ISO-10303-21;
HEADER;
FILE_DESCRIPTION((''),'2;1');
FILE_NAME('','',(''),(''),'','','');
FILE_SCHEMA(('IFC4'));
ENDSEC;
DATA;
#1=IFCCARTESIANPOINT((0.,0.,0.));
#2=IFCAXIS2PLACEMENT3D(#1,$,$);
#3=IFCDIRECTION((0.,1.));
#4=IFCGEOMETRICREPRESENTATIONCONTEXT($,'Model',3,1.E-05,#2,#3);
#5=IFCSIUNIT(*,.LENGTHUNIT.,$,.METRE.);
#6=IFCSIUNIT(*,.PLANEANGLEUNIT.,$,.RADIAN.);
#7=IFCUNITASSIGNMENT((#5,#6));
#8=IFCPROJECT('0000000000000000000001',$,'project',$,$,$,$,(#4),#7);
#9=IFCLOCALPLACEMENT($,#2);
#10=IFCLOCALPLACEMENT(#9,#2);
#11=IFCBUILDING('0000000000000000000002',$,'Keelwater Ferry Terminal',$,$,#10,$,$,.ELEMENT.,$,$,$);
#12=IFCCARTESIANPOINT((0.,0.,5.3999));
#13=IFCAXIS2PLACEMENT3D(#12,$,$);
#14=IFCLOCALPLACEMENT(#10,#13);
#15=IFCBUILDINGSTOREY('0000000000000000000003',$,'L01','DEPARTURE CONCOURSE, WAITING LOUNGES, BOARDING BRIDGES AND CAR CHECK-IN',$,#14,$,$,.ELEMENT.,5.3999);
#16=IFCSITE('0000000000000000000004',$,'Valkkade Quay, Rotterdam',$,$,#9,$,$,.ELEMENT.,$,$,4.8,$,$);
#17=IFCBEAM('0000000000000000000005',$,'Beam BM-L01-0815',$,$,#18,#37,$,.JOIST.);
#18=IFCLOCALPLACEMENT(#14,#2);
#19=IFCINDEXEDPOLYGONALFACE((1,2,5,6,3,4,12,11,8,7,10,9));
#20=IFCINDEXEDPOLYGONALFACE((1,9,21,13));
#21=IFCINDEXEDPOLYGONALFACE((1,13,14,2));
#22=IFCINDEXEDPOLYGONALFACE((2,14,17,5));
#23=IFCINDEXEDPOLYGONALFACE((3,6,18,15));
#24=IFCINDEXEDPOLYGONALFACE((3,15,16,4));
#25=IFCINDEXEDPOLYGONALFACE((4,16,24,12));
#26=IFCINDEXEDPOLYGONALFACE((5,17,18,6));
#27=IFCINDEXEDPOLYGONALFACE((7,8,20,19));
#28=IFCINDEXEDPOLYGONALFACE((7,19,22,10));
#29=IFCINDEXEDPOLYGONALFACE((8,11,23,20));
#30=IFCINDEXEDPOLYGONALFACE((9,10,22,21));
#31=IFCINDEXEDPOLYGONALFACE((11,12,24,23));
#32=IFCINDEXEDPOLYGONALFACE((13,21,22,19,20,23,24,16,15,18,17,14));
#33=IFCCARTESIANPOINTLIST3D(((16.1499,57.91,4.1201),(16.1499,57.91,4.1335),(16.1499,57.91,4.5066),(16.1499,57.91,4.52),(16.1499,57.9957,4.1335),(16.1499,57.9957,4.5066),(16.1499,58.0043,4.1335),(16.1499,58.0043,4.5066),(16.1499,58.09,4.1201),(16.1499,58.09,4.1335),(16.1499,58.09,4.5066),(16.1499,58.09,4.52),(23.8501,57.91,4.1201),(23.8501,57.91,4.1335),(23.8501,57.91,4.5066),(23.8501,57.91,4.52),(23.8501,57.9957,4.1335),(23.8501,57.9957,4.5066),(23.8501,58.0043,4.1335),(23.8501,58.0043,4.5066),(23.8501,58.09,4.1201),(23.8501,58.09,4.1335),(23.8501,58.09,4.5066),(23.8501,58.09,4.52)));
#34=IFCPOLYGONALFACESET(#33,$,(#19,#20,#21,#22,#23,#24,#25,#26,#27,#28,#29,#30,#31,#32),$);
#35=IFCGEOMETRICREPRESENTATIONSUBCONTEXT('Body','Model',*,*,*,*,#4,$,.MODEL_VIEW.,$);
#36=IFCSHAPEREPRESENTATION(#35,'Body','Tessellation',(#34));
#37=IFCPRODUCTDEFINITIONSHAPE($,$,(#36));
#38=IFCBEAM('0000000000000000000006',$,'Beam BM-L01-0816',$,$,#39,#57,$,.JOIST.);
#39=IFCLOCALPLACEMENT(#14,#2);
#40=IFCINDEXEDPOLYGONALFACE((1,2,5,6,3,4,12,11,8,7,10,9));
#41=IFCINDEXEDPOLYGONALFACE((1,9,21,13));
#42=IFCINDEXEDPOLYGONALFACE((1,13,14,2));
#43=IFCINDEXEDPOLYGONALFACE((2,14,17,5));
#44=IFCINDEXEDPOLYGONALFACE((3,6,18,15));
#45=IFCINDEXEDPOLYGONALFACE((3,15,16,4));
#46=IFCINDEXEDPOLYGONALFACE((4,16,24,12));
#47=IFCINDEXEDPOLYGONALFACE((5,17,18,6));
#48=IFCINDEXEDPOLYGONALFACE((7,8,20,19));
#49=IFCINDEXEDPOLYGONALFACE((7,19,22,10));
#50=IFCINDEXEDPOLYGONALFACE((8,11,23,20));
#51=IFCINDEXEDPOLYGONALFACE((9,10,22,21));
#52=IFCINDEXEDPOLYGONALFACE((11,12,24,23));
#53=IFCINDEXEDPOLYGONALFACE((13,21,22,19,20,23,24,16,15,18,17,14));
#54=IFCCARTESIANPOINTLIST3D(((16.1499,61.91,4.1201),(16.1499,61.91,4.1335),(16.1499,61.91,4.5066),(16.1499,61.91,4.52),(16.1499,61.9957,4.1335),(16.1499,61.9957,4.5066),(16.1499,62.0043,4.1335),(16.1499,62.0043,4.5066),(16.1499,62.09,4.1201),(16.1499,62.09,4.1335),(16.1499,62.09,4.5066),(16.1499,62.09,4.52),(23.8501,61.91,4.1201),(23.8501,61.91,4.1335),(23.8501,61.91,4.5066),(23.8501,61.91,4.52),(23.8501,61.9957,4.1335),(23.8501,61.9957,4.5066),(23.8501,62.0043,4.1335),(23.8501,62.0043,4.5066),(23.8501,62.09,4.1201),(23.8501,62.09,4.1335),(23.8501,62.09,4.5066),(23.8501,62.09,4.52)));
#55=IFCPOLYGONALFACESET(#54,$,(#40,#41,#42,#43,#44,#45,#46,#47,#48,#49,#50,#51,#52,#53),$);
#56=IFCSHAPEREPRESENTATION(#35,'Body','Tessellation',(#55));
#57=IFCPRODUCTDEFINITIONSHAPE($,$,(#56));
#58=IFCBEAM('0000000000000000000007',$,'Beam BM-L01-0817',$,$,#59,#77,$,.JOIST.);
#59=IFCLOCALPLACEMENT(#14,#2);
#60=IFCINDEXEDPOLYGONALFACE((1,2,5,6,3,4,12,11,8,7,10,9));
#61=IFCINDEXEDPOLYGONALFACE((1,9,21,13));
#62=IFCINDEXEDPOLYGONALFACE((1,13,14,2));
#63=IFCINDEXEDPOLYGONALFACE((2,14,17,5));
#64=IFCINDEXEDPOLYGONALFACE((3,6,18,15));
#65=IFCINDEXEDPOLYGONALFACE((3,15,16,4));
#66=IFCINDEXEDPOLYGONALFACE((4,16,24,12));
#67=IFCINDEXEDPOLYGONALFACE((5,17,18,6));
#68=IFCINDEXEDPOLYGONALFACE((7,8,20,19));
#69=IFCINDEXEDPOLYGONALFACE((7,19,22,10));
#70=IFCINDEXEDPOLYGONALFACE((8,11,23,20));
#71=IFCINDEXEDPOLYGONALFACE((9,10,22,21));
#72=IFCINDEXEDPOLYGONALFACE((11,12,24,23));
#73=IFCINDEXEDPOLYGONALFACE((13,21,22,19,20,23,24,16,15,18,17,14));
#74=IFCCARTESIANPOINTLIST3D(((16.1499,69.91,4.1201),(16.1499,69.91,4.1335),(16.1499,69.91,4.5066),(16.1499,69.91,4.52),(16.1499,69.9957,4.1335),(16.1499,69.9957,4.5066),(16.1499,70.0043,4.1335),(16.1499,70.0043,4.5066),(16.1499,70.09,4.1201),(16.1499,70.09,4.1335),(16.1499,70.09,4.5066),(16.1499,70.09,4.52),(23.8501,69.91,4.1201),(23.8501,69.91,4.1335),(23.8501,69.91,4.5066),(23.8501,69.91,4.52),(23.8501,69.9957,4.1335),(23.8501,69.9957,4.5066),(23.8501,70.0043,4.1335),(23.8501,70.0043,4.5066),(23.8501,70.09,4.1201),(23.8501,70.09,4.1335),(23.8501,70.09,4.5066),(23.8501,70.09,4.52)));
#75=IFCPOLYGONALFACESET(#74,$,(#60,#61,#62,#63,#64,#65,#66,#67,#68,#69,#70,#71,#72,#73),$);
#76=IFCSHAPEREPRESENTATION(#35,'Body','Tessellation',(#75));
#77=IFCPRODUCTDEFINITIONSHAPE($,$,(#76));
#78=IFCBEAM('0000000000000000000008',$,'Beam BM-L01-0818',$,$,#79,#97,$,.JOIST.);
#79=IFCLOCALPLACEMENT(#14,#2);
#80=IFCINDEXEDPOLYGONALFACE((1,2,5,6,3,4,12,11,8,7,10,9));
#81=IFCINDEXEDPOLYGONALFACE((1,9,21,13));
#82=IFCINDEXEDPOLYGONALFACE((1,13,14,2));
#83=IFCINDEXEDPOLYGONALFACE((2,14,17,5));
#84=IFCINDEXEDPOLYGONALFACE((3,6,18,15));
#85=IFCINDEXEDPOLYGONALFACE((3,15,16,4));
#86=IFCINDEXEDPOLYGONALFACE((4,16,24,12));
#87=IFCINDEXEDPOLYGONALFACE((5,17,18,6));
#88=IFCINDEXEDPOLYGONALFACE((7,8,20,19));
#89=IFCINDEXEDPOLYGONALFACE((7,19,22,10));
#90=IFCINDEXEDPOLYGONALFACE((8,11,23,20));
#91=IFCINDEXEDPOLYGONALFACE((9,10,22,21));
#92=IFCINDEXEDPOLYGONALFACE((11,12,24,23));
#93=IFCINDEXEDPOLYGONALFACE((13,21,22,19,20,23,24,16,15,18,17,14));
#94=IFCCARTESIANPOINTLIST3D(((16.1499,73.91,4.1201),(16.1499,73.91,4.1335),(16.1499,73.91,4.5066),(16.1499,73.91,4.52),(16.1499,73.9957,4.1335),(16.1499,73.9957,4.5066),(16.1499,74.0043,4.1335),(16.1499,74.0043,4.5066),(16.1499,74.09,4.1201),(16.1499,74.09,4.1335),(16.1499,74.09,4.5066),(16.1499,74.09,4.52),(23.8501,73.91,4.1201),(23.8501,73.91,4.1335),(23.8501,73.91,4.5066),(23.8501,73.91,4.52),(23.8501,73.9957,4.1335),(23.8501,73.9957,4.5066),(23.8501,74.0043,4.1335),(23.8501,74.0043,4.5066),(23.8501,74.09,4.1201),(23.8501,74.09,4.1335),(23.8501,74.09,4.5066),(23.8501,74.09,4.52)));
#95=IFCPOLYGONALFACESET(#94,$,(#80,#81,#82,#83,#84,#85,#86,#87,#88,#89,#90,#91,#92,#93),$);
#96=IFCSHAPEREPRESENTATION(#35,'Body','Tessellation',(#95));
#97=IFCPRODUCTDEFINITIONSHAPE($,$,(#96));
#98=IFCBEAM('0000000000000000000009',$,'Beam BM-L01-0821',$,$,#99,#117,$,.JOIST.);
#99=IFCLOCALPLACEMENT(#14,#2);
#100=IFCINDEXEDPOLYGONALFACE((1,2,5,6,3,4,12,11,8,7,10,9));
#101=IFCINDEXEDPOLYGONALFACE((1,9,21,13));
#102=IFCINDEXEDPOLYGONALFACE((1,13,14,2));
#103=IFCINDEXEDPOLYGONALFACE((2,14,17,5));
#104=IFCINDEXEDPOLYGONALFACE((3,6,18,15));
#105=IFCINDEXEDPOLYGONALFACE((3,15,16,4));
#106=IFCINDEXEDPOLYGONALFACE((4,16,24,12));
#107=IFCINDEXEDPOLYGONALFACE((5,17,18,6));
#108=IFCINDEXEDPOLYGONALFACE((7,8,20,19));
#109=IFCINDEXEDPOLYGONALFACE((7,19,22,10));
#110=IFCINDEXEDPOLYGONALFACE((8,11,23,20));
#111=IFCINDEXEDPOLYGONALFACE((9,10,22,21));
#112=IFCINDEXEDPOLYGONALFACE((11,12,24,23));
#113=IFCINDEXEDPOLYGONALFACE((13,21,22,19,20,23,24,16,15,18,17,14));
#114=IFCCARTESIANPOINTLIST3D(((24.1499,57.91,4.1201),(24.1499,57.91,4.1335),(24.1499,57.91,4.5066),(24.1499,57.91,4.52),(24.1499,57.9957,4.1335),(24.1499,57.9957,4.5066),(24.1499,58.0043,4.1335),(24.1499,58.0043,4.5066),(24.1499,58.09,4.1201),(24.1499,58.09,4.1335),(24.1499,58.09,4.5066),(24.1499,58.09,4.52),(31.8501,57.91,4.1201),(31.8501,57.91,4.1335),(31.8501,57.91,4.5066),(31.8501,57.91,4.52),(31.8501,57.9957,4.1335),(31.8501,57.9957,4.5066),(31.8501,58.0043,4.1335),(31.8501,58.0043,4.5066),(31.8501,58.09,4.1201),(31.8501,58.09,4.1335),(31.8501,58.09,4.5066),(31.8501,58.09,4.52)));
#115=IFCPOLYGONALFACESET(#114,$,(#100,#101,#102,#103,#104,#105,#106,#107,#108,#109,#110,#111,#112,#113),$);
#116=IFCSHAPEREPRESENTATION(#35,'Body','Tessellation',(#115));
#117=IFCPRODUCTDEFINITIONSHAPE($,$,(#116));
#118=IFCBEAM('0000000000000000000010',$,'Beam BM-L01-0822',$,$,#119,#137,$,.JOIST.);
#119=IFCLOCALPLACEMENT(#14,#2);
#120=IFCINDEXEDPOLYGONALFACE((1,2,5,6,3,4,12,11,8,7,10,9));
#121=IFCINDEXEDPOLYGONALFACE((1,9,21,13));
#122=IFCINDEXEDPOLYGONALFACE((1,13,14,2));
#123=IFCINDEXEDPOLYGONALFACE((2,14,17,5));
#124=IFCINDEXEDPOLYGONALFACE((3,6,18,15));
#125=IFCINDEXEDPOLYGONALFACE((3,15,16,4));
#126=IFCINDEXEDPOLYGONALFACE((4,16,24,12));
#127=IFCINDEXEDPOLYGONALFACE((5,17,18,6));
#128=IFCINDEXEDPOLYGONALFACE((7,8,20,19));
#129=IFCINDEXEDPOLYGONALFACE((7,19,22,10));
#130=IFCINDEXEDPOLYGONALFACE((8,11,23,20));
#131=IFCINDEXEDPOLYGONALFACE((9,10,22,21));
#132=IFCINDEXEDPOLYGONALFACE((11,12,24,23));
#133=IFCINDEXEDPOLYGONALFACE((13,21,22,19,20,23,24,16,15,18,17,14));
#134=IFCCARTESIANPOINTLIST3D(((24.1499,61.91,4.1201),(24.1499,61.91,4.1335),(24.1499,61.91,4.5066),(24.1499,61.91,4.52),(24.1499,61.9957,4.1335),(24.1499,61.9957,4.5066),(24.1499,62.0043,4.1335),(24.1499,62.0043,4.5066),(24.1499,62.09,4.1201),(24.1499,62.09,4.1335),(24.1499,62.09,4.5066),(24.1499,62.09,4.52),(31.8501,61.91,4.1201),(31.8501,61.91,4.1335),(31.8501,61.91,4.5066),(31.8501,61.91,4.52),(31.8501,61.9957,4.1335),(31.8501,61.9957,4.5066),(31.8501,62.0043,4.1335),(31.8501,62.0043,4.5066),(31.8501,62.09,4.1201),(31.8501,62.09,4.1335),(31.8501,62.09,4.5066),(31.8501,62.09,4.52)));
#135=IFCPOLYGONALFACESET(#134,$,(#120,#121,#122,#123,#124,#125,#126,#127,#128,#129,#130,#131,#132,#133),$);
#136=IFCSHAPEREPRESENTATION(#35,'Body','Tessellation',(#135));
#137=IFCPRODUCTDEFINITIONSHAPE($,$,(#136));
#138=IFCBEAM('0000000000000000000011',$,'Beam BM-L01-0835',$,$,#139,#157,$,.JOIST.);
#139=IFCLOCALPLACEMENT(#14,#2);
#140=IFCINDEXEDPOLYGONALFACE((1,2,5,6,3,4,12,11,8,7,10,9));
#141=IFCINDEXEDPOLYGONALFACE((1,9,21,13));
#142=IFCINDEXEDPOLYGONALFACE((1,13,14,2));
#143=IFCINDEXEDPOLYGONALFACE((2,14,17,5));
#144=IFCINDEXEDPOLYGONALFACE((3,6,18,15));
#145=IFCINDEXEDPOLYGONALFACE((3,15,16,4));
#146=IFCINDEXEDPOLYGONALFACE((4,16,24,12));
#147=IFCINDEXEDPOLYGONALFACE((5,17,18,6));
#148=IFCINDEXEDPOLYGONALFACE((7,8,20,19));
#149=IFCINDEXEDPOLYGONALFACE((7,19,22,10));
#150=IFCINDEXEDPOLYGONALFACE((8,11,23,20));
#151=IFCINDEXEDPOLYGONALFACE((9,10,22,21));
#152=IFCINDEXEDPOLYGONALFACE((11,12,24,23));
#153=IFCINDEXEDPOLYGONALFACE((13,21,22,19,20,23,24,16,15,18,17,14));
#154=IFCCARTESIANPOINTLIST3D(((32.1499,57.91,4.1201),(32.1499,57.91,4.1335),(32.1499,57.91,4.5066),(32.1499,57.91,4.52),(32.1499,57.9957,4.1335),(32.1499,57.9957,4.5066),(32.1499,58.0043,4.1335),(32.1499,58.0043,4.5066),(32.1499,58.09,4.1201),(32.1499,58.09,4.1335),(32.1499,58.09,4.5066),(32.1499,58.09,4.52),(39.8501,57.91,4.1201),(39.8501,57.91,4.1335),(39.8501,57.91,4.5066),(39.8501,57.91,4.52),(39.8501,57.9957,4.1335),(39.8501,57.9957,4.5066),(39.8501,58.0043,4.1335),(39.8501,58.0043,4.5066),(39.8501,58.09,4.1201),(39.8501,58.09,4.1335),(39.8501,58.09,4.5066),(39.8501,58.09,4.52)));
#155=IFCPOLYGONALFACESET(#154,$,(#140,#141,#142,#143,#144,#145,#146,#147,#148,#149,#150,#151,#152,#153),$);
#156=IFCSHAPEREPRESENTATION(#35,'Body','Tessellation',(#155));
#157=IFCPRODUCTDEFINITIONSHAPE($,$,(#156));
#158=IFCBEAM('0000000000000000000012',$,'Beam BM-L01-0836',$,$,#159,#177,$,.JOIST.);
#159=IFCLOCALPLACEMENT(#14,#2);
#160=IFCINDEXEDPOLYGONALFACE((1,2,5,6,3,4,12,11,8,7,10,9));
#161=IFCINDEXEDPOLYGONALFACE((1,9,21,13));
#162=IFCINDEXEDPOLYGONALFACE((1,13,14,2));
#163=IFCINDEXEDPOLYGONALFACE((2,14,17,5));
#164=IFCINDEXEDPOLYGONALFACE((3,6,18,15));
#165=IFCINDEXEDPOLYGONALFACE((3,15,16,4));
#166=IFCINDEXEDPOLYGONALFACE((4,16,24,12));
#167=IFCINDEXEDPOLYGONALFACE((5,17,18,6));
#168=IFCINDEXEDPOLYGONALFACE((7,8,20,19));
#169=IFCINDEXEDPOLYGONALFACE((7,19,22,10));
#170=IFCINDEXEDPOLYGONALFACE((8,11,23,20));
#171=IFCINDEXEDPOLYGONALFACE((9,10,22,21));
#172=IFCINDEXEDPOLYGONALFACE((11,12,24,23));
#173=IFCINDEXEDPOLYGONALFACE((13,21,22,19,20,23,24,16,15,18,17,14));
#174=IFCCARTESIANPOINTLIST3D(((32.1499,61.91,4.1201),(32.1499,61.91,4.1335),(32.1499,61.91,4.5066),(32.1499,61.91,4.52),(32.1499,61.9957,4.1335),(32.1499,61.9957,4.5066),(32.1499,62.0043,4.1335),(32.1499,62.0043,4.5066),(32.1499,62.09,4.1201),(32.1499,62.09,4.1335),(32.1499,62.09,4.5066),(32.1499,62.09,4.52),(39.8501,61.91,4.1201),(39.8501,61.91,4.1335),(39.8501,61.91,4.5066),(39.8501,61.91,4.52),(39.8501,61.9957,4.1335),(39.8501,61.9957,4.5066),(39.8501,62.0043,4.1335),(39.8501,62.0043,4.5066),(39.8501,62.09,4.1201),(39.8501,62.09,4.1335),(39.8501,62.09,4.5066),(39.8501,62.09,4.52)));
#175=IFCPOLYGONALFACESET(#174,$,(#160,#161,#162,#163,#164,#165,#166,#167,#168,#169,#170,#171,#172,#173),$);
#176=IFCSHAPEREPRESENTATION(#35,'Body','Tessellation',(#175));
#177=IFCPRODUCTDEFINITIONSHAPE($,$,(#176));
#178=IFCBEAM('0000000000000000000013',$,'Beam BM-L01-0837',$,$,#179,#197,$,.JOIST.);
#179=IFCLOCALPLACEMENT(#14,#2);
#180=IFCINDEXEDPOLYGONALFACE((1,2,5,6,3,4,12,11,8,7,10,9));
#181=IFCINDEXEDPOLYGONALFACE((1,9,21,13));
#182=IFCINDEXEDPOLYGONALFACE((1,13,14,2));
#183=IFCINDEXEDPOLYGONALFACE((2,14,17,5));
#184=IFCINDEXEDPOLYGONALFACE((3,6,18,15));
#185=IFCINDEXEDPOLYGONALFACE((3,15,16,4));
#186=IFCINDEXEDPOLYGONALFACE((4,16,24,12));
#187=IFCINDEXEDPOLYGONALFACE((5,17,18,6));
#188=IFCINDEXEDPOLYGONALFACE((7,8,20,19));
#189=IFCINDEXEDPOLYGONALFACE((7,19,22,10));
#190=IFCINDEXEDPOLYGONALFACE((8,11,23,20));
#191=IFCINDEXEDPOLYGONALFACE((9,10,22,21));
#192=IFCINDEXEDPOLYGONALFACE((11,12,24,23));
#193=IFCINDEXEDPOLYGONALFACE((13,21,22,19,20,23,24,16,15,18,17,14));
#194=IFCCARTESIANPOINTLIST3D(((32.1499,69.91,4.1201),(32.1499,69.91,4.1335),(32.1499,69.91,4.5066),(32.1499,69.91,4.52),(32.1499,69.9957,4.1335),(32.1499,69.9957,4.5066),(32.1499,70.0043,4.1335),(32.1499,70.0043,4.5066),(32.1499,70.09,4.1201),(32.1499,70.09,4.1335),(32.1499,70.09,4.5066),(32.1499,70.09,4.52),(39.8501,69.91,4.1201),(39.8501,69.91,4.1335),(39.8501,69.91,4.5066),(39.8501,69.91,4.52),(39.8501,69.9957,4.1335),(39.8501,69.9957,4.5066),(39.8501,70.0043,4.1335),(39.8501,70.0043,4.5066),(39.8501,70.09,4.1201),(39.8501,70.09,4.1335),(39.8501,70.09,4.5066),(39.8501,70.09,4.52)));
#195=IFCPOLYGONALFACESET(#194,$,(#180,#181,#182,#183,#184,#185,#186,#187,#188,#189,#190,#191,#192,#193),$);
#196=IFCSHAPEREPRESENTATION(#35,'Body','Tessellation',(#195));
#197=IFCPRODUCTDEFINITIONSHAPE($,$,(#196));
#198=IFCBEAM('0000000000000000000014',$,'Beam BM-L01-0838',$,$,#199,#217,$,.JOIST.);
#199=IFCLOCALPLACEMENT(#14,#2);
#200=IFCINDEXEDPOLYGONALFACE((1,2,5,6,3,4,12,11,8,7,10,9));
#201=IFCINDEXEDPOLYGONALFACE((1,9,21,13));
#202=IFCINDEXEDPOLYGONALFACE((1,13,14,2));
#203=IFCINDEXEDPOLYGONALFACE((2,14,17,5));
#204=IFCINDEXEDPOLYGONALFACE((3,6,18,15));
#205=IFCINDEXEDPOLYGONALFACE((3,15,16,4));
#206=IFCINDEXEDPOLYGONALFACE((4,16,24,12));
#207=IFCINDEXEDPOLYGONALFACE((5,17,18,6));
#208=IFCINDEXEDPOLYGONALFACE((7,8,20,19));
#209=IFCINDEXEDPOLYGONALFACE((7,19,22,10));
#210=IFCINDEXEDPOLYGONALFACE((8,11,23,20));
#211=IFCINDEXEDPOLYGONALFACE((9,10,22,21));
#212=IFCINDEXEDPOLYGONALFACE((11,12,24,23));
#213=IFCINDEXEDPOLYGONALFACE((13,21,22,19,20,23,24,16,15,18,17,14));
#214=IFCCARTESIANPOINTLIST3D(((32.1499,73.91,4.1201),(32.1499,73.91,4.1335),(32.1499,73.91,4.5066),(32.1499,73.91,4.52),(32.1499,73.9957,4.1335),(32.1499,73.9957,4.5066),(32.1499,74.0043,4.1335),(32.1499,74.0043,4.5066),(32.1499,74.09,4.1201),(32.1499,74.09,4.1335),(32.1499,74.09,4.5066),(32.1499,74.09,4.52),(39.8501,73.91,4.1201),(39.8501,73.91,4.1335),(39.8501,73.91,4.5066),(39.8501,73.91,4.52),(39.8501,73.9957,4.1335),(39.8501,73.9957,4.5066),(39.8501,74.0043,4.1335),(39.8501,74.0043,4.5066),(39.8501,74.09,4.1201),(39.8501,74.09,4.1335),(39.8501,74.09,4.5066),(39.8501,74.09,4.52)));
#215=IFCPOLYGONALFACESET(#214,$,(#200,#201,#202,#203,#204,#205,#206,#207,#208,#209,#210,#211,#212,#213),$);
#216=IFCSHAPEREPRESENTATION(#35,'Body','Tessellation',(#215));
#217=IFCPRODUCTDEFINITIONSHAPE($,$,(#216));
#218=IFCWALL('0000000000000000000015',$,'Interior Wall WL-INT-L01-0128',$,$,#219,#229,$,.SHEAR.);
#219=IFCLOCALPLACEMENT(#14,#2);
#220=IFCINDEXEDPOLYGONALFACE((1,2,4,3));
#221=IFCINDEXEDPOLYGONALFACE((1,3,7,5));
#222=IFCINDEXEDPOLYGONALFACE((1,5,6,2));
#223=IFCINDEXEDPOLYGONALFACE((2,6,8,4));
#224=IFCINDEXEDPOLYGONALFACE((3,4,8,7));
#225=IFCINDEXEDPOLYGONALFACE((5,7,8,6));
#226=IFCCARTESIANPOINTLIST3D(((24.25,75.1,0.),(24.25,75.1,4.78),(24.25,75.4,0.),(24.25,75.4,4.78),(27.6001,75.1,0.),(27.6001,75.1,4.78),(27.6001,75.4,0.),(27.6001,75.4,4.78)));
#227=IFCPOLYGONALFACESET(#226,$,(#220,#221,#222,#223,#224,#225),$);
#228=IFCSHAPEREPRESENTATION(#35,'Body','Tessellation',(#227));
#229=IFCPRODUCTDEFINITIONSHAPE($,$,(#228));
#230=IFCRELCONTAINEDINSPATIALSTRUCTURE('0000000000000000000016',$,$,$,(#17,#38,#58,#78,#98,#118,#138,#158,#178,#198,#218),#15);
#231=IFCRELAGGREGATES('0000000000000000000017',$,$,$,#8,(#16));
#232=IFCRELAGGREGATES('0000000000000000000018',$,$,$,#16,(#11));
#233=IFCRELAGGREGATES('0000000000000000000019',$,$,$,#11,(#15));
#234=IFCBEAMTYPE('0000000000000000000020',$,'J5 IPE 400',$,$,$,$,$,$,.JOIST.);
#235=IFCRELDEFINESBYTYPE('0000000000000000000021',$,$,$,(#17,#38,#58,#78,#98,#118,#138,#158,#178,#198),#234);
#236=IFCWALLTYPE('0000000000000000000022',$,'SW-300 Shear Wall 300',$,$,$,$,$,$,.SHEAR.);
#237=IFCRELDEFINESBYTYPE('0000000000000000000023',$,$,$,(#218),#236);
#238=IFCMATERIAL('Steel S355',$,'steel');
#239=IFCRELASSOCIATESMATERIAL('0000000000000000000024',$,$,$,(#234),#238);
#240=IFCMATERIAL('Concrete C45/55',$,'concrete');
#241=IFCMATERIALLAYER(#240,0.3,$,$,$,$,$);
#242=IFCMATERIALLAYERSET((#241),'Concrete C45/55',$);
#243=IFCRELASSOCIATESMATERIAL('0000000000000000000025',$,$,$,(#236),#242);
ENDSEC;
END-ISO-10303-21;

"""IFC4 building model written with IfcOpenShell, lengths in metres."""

from ifc_helpers import new_model, si_unit, direction, frame, frame_2d, origin, origin_2d, place, context, subcontext, project, spatial, rectangle, i_section, extrude, material, layer, layer_set, material_profile, profile_set, type_object, element, save


model = new_model("IFC4")

# Units and contexts
model_context = context("Model", 3, precision=1e-05, world=origin(), true_north=direction((0.0, 1.0)))
body_context = subcontext(model_context, "Body", "Model", "MODEL_VIEW")
ifc_project = project(units=[si_unit("LENGTHUNIT", "METRE"), si_unit("PLANEANGLEUNIT", "RADIAN")], contexts=[model_context])

# Site, building, storey
site_placement = place(None, origin())
site = spatial("IfcSite", under=ifc_project, at=site_placement, Name="Valkkade Quay, Rotterdam", CompositionType="ELEMENT", RefElevation=4.8)
building_placement = place(site_placement, origin())
building = spatial("IfcBuilding", under=site, at=building_placement, Name="Keelwater Ferry Terminal", CompositionType="ELEMENT")
storey_placement = place(building_placement, frame((0.0, 0.0, 5.3999)))
storey = spatial("IfcBuildingStorey", under=building, at=storey_placement, Name="L01", Description="DEPARTURE CONCOURSE, WAITING LOUNGES, BOARDING BRIDGES AND CAR CHECK-IN", CompositionType="ELEMENT", Elevation=5.3999)

# Beams
ifc_material_1 = material(Name="Steel S355", Category="steel")
ifc_material_profile_1 = material_profile(ifc_material_1, i_section(OverallWidth=0.1799, OverallDepth=0.3999, WebThickness=0.0085, FlangeThickness=0.0134, at=origin_2d()), Name="IPE 400")
ifc_profile_set_1 = profile_set([ifc_material_profile_1], Name="Steel S355")
beam_type_1 = type_object("IfcBeamType", Name="J5 IPE 400", PredefinedType="JOIST", material=ifc_profile_set_1)
for number, where, z_axis, x_axis, name in (
    (1, (16.1499, 58.0, 4.3201), (1.0, 0.0, 0.0), (0.0, 1.0, 0.0), "Beam BM-L01-0815"),
    (2, (16.1499, 62.0, 4.3201), (1.0, 0.0, 0.0), (0.0, 1.0, 0.0), "Beam BM-L01-0816"),
    (3, (16.1499, 70.0, 4.3201), (1.0, 0.0, 0.0), (0.0, 1.0, 0.0), "Beam BM-L01-0817"),
    (4, (16.1499, 74.0, 4.3201), (1.0, 0.0, 0.0), (0.0, 1.0, 0.0), "Beam BM-L01-0818"),
    (5, (24.1499, 58.0, 4.3201), (1.0, 0.0, 0.0), (0.0, 1.0, 0.0), "Beam BM-L01-0821"),
    (6, (24.1499, 62.0, 4.3201), (1.0, 0.0, 0.0), (0.0, 1.0, 0.0), "Beam BM-L01-0822"),
    (7, (32.1499, 58.0, 4.3201), (1.0, 0.0, 0.0), (0.0, 1.0, 0.0), "Beam BM-L01-0835"),
    (8, (32.1499, 62.0, 4.3201), (1.0, 0.0, 0.0), (0.0, 1.0, 0.0), "Beam BM-L01-0836"),
    (9, (32.1499, 70.0, 4.3201), (1.0, 0.0, 0.0), (0.0, 1.0, 0.0), "Beam BM-L01-0837"),
    (10, (32.1499, 74.0, 4.3201), (1.0, 0.0, 0.0), (0.0, 1.0, 0.0), "Beam BM-L01-0838"),
):
    element("IfcBeam", number, at=place(storey_placement, frame(where, z_axis=z_axis, x_axis=x_axis)), inside=storey, type_object=beam_type_1, Name=name, PredefinedType="JOIST", context=body_context, shape_type="SweptSolid", body=[
        extrude(i_section(OverallWidth=0.1799, OverallDepth=0.3999, WebThickness=0.0085, FlangeThickness=0.0134, at=origin_2d()), origin(), (0.0, 0.0, 1.0), 7.7002),
    ])

# Shared definitions
ifc_material_2 = material(Name="Concrete C45/55", Category="concrete")
ifc_layer = layer(ifc_material_2, 0.3)
ifc_layer_set = layer_set([ifc_layer], Name="Concrete C45/55")
wall_type = type_object("IfcWallType", Name="SW-300 Shear Wall 300", PredefinedType="SHEAR", material=ifc_layer_set)

# Wall
wall_1_placement = place(storey_placement, frame((24.25, 75.25, 0.0), z_axis=(0.0, 0.0, 1.0), x_axis=(1.0, 0.0, 0.0)))
element("IfcWall", 11, at=wall_1_placement, inside=storey, type_object=wall_type, Name="Interior Wall WL-INT-L01-0128", PredefinedType="SHEAR", context=body_context, shape_type="SweptSolid", body=[
    extrude(rectangle(XDim=3.3501, YDim=0.3, at=frame_2d((1.675, 0.0))), origin(), (0.0, 0.0, 1.0), 4.78),
])

save(model, "model.ifc")
